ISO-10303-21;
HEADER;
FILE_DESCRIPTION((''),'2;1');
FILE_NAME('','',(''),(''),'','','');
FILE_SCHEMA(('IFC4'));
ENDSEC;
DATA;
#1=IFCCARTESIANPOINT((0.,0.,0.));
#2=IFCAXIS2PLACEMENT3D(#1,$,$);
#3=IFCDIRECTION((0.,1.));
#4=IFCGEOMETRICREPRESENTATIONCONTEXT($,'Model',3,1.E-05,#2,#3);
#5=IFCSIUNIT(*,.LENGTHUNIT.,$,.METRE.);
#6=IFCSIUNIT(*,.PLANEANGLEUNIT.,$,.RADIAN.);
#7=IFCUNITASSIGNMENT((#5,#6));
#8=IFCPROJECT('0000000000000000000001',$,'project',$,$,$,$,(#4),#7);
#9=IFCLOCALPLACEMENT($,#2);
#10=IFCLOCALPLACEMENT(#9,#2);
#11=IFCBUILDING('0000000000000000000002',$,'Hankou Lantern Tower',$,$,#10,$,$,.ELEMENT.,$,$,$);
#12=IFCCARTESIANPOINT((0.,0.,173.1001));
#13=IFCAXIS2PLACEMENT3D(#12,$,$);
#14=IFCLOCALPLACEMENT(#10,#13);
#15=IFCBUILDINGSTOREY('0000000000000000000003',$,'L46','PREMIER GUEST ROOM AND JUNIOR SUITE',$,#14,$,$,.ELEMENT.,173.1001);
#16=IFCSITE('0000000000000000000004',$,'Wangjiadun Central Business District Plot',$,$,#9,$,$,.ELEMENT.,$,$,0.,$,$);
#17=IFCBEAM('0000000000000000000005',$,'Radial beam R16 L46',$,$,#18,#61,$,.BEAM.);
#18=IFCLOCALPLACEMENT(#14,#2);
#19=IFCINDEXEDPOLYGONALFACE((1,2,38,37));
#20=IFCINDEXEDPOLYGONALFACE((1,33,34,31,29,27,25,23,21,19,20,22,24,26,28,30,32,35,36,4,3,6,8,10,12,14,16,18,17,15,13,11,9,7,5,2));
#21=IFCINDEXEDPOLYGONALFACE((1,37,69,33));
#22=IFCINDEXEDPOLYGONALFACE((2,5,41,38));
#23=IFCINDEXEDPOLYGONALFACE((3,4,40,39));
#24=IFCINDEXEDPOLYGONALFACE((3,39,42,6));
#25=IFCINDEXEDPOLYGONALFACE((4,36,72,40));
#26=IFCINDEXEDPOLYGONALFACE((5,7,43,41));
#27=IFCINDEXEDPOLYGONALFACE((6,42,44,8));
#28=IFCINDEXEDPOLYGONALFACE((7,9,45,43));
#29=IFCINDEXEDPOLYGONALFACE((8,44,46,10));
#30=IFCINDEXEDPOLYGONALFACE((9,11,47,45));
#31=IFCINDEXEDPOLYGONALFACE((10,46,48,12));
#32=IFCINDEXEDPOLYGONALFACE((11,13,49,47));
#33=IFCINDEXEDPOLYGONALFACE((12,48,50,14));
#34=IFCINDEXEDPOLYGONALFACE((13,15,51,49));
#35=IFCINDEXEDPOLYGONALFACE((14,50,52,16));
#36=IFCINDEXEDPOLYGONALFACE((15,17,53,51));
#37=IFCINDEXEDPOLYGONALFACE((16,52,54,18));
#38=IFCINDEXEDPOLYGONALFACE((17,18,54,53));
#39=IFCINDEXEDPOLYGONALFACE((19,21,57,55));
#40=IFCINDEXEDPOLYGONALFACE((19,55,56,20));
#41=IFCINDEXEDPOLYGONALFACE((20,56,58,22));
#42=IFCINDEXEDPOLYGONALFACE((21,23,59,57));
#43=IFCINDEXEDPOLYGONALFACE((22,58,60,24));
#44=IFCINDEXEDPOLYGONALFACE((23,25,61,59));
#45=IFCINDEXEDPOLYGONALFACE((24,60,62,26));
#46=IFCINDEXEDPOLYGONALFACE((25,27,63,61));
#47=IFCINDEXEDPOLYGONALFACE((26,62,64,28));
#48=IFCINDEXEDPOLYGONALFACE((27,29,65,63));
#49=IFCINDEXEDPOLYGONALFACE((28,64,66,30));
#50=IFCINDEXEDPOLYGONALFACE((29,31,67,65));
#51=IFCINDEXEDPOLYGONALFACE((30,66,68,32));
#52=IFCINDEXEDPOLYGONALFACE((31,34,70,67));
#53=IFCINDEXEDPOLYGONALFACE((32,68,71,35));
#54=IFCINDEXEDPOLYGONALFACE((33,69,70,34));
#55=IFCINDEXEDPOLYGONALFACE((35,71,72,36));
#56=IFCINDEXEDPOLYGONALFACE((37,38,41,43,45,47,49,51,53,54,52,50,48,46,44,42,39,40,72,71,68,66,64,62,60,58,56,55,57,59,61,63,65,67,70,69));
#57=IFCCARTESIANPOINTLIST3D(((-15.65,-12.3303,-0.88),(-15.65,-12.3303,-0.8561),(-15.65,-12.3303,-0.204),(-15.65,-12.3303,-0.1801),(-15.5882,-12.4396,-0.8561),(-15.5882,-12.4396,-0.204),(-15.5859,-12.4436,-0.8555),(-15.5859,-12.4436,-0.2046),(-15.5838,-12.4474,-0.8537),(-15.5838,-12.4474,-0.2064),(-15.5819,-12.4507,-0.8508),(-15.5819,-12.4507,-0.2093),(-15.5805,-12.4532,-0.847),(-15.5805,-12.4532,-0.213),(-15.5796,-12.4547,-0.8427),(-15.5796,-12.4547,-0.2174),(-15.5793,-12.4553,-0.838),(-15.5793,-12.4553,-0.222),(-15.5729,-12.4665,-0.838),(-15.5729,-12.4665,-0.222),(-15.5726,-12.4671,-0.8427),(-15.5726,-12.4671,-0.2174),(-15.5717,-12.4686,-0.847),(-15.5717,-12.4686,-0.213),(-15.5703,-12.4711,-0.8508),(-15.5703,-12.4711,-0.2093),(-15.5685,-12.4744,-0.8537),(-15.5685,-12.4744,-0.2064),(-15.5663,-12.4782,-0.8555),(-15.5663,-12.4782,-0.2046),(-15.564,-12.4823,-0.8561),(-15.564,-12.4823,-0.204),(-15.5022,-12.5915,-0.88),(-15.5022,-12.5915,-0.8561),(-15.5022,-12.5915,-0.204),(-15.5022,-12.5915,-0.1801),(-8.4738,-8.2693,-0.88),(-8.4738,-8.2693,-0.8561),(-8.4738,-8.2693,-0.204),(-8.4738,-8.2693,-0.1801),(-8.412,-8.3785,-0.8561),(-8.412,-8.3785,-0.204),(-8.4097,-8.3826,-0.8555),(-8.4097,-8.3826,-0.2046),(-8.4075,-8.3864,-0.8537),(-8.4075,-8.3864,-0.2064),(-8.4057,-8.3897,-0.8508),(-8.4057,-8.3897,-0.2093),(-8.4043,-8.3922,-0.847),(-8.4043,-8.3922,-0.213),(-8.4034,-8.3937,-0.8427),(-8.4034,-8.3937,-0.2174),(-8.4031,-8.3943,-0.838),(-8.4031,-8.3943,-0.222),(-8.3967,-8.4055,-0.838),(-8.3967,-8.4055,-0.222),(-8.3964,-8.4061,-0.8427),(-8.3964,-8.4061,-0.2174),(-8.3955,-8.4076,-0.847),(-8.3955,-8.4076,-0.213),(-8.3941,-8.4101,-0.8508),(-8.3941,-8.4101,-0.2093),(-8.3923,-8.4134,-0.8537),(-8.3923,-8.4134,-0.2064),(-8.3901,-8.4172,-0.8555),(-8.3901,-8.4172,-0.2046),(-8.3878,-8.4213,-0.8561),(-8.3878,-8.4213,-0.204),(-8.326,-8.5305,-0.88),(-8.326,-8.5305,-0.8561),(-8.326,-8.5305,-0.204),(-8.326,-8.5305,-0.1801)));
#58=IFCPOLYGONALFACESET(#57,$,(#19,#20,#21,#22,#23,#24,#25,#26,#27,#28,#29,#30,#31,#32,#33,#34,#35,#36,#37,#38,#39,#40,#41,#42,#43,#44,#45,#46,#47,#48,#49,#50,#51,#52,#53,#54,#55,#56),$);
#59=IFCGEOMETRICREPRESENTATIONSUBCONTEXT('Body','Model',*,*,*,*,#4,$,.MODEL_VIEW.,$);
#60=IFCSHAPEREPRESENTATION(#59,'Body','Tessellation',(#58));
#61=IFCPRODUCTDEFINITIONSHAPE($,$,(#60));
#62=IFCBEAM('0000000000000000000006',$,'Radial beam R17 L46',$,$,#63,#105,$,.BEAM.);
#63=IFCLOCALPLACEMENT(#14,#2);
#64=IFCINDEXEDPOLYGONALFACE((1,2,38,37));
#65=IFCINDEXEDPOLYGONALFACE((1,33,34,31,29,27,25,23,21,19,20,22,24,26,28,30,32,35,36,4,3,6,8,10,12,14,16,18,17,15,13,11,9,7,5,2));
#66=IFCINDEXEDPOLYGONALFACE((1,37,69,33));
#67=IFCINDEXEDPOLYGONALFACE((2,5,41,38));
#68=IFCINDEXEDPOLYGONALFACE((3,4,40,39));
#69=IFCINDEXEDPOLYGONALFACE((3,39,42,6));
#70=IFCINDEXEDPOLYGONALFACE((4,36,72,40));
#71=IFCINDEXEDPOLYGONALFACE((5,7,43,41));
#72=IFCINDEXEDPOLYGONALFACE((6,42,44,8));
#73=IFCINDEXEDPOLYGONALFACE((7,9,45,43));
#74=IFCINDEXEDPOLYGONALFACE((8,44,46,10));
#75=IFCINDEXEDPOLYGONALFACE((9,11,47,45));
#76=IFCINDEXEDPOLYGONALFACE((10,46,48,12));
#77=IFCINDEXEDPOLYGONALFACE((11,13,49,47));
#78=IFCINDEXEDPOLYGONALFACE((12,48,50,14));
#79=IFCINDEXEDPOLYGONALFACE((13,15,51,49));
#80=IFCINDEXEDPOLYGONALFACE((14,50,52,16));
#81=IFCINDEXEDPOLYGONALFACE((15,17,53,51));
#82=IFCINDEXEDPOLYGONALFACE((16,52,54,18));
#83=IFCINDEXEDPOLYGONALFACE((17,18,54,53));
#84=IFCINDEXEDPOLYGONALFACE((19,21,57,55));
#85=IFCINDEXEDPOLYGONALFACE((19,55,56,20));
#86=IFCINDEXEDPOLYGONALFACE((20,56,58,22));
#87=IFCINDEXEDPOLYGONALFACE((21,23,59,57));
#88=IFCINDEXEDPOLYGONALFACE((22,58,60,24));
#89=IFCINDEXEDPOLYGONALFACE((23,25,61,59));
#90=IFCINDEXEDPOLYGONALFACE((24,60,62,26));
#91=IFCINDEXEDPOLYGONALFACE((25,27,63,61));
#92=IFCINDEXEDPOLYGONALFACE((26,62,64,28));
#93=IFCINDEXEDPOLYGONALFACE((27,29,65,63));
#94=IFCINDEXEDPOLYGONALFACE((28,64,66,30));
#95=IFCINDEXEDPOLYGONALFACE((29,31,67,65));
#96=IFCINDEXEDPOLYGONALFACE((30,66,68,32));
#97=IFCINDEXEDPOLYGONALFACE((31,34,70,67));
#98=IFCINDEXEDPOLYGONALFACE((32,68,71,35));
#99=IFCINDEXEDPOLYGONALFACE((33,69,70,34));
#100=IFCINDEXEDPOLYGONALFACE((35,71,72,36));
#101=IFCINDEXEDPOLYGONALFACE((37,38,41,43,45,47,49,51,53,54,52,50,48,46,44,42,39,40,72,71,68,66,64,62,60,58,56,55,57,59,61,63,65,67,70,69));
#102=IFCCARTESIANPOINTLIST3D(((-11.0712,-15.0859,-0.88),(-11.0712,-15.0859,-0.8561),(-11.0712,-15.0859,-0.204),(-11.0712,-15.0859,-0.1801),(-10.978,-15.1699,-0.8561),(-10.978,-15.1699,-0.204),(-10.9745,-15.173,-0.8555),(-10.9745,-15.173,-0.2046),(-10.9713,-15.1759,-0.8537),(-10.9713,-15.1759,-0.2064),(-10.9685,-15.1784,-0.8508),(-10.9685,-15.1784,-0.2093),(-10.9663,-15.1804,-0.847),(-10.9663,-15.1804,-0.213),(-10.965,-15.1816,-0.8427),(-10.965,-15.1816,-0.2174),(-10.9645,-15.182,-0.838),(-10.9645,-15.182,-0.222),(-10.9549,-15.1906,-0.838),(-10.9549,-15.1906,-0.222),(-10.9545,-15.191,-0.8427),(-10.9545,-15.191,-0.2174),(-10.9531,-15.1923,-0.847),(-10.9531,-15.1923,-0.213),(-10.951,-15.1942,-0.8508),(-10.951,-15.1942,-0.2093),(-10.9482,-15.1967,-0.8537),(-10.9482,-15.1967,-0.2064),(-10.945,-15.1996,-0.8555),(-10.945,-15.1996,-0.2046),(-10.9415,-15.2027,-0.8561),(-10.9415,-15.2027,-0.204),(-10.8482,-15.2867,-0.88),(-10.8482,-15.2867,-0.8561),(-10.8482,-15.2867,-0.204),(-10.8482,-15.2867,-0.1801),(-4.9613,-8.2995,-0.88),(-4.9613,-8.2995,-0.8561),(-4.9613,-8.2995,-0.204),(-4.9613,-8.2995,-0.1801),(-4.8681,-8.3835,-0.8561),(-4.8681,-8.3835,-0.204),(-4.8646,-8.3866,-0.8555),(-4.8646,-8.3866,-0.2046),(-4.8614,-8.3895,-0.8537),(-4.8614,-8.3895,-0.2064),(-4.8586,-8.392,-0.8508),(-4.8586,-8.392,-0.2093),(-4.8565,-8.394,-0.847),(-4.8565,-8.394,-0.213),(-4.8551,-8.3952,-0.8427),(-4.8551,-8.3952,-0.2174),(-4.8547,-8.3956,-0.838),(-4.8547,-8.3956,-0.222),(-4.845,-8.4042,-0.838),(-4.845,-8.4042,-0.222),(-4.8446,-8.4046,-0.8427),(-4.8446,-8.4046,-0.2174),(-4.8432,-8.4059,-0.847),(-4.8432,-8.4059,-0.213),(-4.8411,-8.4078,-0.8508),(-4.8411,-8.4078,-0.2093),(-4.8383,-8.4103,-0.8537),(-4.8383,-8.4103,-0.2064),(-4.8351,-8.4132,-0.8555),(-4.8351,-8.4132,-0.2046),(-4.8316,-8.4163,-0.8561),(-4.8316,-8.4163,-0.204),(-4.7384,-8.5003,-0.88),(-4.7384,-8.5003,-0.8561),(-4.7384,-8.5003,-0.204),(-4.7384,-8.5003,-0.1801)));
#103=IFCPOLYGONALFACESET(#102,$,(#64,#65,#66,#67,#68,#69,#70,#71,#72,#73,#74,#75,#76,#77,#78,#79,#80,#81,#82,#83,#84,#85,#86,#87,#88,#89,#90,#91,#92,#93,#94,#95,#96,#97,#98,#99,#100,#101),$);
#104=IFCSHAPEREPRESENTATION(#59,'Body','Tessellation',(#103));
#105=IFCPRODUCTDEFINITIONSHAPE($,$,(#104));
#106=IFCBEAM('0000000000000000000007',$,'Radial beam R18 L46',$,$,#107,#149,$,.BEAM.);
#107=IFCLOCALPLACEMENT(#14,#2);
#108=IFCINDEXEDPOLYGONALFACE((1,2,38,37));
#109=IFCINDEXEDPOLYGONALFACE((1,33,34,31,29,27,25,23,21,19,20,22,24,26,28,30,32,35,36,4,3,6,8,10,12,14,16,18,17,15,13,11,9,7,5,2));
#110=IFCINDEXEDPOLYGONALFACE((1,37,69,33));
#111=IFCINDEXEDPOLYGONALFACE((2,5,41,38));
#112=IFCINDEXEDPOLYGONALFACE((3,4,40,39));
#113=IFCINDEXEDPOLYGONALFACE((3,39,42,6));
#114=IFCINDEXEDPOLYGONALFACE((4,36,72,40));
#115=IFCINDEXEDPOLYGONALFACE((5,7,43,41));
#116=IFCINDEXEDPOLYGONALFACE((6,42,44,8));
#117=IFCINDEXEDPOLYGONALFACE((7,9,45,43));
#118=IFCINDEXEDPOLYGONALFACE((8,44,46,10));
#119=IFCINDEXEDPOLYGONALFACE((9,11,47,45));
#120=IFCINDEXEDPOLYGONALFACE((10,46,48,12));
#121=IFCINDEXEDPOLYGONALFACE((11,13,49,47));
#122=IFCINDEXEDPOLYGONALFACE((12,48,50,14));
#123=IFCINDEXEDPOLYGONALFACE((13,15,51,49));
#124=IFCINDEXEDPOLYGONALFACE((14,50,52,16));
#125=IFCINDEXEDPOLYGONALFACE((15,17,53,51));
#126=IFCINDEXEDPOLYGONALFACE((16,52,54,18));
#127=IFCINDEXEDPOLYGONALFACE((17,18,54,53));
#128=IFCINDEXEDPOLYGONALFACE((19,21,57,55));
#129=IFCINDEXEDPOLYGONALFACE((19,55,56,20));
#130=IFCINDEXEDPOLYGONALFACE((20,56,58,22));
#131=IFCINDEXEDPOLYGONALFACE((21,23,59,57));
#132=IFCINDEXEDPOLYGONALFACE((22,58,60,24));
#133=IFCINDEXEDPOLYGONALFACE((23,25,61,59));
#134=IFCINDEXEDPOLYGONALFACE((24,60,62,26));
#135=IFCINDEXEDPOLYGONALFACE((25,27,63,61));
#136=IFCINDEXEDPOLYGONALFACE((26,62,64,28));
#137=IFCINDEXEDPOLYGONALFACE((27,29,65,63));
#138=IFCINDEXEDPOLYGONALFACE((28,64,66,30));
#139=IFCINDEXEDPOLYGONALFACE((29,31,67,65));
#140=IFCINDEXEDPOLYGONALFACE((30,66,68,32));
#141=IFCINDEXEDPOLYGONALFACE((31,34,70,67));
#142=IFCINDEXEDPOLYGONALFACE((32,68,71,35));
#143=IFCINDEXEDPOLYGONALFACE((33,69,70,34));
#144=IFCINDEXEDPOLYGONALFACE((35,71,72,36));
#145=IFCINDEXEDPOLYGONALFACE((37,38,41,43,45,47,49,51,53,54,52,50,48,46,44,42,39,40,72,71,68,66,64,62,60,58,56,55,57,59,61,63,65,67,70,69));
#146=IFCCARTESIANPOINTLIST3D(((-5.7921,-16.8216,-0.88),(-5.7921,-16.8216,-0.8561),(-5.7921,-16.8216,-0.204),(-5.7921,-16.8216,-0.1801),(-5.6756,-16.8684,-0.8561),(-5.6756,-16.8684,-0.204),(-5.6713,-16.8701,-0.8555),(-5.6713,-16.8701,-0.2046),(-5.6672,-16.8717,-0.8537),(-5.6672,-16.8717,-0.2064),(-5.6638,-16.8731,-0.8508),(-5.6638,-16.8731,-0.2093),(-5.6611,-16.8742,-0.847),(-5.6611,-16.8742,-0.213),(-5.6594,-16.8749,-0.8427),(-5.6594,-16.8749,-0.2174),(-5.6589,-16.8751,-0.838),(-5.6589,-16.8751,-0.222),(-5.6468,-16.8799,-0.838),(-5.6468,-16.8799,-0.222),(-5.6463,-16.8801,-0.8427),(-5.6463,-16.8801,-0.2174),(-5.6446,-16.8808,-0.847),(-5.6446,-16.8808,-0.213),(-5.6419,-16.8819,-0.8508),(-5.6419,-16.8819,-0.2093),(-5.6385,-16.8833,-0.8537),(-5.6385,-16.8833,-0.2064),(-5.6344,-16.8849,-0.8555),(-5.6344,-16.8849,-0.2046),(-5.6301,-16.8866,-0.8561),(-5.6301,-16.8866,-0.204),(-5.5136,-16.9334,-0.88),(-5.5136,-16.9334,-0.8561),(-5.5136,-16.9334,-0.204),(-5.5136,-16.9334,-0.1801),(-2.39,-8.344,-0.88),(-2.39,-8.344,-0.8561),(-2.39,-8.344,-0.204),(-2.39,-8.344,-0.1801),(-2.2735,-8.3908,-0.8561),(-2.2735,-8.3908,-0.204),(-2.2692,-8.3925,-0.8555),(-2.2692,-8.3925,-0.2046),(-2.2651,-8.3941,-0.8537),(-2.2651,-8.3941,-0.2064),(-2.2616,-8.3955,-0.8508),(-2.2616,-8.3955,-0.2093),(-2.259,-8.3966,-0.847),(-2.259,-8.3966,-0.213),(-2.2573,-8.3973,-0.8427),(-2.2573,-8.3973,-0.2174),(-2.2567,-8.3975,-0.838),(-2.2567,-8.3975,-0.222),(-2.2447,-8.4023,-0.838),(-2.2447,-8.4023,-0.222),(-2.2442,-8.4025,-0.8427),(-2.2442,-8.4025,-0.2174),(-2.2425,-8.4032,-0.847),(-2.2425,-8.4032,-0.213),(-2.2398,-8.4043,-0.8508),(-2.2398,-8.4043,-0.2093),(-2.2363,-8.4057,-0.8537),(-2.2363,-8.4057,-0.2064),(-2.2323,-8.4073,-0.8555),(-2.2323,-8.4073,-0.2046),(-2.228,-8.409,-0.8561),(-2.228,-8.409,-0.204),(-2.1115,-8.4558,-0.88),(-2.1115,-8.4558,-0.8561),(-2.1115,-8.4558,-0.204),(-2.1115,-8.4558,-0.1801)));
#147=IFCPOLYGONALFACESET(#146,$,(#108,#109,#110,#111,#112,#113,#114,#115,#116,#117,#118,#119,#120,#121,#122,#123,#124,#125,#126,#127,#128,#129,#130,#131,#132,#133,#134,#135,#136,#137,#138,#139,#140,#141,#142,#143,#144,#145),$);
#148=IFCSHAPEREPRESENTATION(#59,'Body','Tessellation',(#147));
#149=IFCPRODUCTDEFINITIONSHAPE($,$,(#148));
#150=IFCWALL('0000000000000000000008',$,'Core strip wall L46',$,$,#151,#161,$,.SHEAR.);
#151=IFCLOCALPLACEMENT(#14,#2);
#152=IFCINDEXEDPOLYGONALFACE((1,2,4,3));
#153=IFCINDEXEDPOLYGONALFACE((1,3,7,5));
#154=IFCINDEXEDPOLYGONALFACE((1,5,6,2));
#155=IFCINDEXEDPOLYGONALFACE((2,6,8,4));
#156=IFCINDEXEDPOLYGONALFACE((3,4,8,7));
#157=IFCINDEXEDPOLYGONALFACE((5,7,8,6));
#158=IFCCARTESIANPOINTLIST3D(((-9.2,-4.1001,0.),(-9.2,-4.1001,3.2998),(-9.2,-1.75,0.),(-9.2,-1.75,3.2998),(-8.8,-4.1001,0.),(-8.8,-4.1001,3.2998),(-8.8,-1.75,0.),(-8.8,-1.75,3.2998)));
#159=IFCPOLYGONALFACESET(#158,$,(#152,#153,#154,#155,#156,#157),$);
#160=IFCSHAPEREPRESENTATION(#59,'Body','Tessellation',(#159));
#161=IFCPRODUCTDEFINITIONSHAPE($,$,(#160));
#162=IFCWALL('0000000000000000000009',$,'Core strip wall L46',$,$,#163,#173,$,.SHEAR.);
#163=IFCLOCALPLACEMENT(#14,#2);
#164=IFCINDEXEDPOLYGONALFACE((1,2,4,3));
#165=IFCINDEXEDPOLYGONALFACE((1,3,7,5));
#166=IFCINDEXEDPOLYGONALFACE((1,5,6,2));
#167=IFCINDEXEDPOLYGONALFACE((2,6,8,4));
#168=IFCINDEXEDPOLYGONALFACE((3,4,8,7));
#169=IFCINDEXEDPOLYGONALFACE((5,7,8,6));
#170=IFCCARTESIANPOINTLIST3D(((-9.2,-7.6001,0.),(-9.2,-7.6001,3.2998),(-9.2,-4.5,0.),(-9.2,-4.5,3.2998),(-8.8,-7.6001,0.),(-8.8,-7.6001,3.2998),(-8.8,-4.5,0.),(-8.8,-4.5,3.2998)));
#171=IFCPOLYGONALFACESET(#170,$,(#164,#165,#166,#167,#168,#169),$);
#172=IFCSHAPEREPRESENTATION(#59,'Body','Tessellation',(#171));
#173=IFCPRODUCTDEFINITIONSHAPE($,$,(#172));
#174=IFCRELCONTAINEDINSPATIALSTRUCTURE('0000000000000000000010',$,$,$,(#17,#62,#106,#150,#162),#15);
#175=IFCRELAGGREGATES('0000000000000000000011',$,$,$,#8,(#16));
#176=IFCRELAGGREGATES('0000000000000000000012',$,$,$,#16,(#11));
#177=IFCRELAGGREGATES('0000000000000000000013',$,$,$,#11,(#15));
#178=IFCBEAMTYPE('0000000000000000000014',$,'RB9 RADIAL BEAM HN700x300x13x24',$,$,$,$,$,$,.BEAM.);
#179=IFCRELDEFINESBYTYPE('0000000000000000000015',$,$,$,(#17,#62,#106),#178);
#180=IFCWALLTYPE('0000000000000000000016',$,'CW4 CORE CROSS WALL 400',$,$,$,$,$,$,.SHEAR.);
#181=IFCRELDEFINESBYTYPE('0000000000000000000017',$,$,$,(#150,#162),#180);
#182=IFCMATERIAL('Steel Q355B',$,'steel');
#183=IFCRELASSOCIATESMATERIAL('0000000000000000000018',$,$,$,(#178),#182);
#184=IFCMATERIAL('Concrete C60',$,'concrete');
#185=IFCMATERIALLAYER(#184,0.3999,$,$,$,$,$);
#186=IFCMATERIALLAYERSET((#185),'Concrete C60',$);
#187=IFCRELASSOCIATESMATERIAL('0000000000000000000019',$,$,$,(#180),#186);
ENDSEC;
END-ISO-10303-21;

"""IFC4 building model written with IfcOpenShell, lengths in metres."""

from ifc_helpers import new_model, si_unit, direction, frame, frame_2d, origin, origin_2d, place, context, subcontext, project, spatial, rectangle, i_section, extrude, material, layer, layer_set, material_profile, profile_set, type_object, element, save


model = new_model("IFC4")

# Units and contexts
model_context = context("Model", 3, precision=1e-05, world=origin(), true_north=direction((0.0, 1.0)))
body_context = subcontext(model_context, "Body", "Model", "MODEL_VIEW")
ifc_project = project(units=[si_unit("LENGTHUNIT", "METRE"), si_unit("PLANEANGLEUNIT", "RADIAN")], contexts=[model_context])

# Site, building, storey
site_placement = place(None, origin())
site = spatial("IfcSite", under=ifc_project, at=site_placement, Name="Wangjiadun Central Business District Plot", CompositionType="ELEMENT", RefElevation=0.0)
building_placement = place(site_placement, origin())
building = spatial("IfcBuilding", under=site, at=building_placement, Name="Hankou Lantern Tower", CompositionType="ELEMENT")
storey_placement = place(building_placement, frame((0.0, 0.0, 173.1001)))
storey = spatial("IfcBuildingStorey", under=building, at=storey_placement, Name="L46", Description="PREMIER GUEST ROOM AND JUNIOR SUITE", CompositionType="ELEMENT", Elevation=173.1001)

# Beams
ifc_material_1 = material(Name="Steel Q355B", Category="steel")
ifc_material_profile = material_profile(ifc_material_1, i_section(OverallWidth=0.3, OverallDepth=0.7, WebThickness=0.0129, FlangeThickness=0.0239, FilletRadius=0.0181, at=origin_2d()), Name="HN700x300x13x24")
ifc_profile_set = profile_set([ifc_material_profile], Name="Steel Q355B")
beam_type = type_object("IfcBeamType", Name="RB9 RADIAL BEAM HN700x300x13x24", PredefinedType="BEAM", material=ifc_profile_set)
beam_1_placement = place(storey_placement, frame((-8.3999, -8.3999, -0.53), z_axis=(-0.870309, -0.492506, 0.0), x_axis=(0.492506, -0.870309, 0.0)))
element("IfcBeam", 1, at=beam_1_placement, inside=storey, type_object=beam_type, Name="Radial beam R16 L46", PredefinedType="BEAM", context=body_context, shape_type="SweptSolid", body=[
    extrude(i_section(OverallWidth=0.3, OverallDepth=0.7, WebThickness=0.0129, FlangeThickness=0.0239, FilletRadius=0.0181, at=origin_2d()), origin(), (0.0, 0.0, 1.0), 8.2456),
])
beam_2_placement = place(storey_placement, frame((-4.8499, -8.3999, -0.53), z_axis=(-0.669093, -0.743178, 0.0), x_axis=(0.743178, -0.669093, 0.0)))
element("IfcBeam", 2, at=beam_2_placement, inside=storey, type_object=beam_type, Name="Radial beam R17 L46", PredefinedType="BEAM", context=body_context, shape_type="SweptSolid", body=[
    extrude(i_section(OverallWidth=0.3, OverallDepth=0.7, WebThickness=0.0129, FlangeThickness=0.0239, FilletRadius=0.0181, at=origin_2d()), origin(), (0.0, 0.0, 1.0), 9.1316),
])
beam_3_placement = place(storey_placement, frame((-2.2507, -8.3999, -0.53), z_axis=(-0.372436, -0.928058, 0.0), x_axis=(0.928058, -0.372436, 0.0)))
element("IfcBeam", 3, at=beam_3_placement, inside=storey, type_object=beam_type, Name="Radial beam R18 L46", PredefinedType="BEAM", context=body_context, shape_type="SweptSolid", body=[
    extrude(i_section(OverallWidth=0.3, OverallDepth=0.7, WebThickness=0.0129, FlangeThickness=0.0239, FilletRadius=0.0181, at=origin_2d()), origin(), (0.0, 0.0, 1.0), 9.1348),
])

# Walls
ifc_material_2 = material(Name="Concrete C60", Category="concrete")
ifc_layer_1 = layer(ifc_material_2, 0.3999)
ifc_layer_set_1 = layer_set([ifc_layer_1], Name="Concrete C60")
wall_type_1 = type_object("IfcWallType", Name="CW4 CORE CROSS WALL 400", PredefinedType="SHEAR", material=ifc_layer_set_1)
wall_1_placement = place(storey_placement, frame((-9.0, -4.1001, 0.0), z_axis=(0.0, 0.0, 1.0), x_axis=(0.0, 1.0, 0.0)))
element("IfcWall", 4, at=wall_1_placement, inside=storey, type_object=wall_type_1, Name="Core strip wall L46", PredefinedType="SHEAR", context=body_context, shape_type="SweptSolid", body=[
    extrude(rectangle(XDim=2.3501, YDim=0.3999, at=frame_2d((1.175, 0.0))), origin(), (0.0, 0.0, 1.0), 3.2998),
])
wall_2_placement = place(storey_placement, frame((-9.0, -7.6001, 0.0), z_axis=(0.0, 0.0, 1.0), x_axis=(0.0, 1.0, 0.0)))
element("IfcWall", 5, at=wall_2_placement, inside=storey, type_object=wall_type_1, Name="Core strip wall L46", PredefinedType="SHEAR", context=body_context, shape_type="SweptSolid", body=[
    extrude(rectangle(XDim=3.1001, YDim=0.3999, at=frame_2d((1.55, 0.0))), origin(), (0.0, 0.0, 1.0), 3.2998),
])

save(model, "model.ifc")
